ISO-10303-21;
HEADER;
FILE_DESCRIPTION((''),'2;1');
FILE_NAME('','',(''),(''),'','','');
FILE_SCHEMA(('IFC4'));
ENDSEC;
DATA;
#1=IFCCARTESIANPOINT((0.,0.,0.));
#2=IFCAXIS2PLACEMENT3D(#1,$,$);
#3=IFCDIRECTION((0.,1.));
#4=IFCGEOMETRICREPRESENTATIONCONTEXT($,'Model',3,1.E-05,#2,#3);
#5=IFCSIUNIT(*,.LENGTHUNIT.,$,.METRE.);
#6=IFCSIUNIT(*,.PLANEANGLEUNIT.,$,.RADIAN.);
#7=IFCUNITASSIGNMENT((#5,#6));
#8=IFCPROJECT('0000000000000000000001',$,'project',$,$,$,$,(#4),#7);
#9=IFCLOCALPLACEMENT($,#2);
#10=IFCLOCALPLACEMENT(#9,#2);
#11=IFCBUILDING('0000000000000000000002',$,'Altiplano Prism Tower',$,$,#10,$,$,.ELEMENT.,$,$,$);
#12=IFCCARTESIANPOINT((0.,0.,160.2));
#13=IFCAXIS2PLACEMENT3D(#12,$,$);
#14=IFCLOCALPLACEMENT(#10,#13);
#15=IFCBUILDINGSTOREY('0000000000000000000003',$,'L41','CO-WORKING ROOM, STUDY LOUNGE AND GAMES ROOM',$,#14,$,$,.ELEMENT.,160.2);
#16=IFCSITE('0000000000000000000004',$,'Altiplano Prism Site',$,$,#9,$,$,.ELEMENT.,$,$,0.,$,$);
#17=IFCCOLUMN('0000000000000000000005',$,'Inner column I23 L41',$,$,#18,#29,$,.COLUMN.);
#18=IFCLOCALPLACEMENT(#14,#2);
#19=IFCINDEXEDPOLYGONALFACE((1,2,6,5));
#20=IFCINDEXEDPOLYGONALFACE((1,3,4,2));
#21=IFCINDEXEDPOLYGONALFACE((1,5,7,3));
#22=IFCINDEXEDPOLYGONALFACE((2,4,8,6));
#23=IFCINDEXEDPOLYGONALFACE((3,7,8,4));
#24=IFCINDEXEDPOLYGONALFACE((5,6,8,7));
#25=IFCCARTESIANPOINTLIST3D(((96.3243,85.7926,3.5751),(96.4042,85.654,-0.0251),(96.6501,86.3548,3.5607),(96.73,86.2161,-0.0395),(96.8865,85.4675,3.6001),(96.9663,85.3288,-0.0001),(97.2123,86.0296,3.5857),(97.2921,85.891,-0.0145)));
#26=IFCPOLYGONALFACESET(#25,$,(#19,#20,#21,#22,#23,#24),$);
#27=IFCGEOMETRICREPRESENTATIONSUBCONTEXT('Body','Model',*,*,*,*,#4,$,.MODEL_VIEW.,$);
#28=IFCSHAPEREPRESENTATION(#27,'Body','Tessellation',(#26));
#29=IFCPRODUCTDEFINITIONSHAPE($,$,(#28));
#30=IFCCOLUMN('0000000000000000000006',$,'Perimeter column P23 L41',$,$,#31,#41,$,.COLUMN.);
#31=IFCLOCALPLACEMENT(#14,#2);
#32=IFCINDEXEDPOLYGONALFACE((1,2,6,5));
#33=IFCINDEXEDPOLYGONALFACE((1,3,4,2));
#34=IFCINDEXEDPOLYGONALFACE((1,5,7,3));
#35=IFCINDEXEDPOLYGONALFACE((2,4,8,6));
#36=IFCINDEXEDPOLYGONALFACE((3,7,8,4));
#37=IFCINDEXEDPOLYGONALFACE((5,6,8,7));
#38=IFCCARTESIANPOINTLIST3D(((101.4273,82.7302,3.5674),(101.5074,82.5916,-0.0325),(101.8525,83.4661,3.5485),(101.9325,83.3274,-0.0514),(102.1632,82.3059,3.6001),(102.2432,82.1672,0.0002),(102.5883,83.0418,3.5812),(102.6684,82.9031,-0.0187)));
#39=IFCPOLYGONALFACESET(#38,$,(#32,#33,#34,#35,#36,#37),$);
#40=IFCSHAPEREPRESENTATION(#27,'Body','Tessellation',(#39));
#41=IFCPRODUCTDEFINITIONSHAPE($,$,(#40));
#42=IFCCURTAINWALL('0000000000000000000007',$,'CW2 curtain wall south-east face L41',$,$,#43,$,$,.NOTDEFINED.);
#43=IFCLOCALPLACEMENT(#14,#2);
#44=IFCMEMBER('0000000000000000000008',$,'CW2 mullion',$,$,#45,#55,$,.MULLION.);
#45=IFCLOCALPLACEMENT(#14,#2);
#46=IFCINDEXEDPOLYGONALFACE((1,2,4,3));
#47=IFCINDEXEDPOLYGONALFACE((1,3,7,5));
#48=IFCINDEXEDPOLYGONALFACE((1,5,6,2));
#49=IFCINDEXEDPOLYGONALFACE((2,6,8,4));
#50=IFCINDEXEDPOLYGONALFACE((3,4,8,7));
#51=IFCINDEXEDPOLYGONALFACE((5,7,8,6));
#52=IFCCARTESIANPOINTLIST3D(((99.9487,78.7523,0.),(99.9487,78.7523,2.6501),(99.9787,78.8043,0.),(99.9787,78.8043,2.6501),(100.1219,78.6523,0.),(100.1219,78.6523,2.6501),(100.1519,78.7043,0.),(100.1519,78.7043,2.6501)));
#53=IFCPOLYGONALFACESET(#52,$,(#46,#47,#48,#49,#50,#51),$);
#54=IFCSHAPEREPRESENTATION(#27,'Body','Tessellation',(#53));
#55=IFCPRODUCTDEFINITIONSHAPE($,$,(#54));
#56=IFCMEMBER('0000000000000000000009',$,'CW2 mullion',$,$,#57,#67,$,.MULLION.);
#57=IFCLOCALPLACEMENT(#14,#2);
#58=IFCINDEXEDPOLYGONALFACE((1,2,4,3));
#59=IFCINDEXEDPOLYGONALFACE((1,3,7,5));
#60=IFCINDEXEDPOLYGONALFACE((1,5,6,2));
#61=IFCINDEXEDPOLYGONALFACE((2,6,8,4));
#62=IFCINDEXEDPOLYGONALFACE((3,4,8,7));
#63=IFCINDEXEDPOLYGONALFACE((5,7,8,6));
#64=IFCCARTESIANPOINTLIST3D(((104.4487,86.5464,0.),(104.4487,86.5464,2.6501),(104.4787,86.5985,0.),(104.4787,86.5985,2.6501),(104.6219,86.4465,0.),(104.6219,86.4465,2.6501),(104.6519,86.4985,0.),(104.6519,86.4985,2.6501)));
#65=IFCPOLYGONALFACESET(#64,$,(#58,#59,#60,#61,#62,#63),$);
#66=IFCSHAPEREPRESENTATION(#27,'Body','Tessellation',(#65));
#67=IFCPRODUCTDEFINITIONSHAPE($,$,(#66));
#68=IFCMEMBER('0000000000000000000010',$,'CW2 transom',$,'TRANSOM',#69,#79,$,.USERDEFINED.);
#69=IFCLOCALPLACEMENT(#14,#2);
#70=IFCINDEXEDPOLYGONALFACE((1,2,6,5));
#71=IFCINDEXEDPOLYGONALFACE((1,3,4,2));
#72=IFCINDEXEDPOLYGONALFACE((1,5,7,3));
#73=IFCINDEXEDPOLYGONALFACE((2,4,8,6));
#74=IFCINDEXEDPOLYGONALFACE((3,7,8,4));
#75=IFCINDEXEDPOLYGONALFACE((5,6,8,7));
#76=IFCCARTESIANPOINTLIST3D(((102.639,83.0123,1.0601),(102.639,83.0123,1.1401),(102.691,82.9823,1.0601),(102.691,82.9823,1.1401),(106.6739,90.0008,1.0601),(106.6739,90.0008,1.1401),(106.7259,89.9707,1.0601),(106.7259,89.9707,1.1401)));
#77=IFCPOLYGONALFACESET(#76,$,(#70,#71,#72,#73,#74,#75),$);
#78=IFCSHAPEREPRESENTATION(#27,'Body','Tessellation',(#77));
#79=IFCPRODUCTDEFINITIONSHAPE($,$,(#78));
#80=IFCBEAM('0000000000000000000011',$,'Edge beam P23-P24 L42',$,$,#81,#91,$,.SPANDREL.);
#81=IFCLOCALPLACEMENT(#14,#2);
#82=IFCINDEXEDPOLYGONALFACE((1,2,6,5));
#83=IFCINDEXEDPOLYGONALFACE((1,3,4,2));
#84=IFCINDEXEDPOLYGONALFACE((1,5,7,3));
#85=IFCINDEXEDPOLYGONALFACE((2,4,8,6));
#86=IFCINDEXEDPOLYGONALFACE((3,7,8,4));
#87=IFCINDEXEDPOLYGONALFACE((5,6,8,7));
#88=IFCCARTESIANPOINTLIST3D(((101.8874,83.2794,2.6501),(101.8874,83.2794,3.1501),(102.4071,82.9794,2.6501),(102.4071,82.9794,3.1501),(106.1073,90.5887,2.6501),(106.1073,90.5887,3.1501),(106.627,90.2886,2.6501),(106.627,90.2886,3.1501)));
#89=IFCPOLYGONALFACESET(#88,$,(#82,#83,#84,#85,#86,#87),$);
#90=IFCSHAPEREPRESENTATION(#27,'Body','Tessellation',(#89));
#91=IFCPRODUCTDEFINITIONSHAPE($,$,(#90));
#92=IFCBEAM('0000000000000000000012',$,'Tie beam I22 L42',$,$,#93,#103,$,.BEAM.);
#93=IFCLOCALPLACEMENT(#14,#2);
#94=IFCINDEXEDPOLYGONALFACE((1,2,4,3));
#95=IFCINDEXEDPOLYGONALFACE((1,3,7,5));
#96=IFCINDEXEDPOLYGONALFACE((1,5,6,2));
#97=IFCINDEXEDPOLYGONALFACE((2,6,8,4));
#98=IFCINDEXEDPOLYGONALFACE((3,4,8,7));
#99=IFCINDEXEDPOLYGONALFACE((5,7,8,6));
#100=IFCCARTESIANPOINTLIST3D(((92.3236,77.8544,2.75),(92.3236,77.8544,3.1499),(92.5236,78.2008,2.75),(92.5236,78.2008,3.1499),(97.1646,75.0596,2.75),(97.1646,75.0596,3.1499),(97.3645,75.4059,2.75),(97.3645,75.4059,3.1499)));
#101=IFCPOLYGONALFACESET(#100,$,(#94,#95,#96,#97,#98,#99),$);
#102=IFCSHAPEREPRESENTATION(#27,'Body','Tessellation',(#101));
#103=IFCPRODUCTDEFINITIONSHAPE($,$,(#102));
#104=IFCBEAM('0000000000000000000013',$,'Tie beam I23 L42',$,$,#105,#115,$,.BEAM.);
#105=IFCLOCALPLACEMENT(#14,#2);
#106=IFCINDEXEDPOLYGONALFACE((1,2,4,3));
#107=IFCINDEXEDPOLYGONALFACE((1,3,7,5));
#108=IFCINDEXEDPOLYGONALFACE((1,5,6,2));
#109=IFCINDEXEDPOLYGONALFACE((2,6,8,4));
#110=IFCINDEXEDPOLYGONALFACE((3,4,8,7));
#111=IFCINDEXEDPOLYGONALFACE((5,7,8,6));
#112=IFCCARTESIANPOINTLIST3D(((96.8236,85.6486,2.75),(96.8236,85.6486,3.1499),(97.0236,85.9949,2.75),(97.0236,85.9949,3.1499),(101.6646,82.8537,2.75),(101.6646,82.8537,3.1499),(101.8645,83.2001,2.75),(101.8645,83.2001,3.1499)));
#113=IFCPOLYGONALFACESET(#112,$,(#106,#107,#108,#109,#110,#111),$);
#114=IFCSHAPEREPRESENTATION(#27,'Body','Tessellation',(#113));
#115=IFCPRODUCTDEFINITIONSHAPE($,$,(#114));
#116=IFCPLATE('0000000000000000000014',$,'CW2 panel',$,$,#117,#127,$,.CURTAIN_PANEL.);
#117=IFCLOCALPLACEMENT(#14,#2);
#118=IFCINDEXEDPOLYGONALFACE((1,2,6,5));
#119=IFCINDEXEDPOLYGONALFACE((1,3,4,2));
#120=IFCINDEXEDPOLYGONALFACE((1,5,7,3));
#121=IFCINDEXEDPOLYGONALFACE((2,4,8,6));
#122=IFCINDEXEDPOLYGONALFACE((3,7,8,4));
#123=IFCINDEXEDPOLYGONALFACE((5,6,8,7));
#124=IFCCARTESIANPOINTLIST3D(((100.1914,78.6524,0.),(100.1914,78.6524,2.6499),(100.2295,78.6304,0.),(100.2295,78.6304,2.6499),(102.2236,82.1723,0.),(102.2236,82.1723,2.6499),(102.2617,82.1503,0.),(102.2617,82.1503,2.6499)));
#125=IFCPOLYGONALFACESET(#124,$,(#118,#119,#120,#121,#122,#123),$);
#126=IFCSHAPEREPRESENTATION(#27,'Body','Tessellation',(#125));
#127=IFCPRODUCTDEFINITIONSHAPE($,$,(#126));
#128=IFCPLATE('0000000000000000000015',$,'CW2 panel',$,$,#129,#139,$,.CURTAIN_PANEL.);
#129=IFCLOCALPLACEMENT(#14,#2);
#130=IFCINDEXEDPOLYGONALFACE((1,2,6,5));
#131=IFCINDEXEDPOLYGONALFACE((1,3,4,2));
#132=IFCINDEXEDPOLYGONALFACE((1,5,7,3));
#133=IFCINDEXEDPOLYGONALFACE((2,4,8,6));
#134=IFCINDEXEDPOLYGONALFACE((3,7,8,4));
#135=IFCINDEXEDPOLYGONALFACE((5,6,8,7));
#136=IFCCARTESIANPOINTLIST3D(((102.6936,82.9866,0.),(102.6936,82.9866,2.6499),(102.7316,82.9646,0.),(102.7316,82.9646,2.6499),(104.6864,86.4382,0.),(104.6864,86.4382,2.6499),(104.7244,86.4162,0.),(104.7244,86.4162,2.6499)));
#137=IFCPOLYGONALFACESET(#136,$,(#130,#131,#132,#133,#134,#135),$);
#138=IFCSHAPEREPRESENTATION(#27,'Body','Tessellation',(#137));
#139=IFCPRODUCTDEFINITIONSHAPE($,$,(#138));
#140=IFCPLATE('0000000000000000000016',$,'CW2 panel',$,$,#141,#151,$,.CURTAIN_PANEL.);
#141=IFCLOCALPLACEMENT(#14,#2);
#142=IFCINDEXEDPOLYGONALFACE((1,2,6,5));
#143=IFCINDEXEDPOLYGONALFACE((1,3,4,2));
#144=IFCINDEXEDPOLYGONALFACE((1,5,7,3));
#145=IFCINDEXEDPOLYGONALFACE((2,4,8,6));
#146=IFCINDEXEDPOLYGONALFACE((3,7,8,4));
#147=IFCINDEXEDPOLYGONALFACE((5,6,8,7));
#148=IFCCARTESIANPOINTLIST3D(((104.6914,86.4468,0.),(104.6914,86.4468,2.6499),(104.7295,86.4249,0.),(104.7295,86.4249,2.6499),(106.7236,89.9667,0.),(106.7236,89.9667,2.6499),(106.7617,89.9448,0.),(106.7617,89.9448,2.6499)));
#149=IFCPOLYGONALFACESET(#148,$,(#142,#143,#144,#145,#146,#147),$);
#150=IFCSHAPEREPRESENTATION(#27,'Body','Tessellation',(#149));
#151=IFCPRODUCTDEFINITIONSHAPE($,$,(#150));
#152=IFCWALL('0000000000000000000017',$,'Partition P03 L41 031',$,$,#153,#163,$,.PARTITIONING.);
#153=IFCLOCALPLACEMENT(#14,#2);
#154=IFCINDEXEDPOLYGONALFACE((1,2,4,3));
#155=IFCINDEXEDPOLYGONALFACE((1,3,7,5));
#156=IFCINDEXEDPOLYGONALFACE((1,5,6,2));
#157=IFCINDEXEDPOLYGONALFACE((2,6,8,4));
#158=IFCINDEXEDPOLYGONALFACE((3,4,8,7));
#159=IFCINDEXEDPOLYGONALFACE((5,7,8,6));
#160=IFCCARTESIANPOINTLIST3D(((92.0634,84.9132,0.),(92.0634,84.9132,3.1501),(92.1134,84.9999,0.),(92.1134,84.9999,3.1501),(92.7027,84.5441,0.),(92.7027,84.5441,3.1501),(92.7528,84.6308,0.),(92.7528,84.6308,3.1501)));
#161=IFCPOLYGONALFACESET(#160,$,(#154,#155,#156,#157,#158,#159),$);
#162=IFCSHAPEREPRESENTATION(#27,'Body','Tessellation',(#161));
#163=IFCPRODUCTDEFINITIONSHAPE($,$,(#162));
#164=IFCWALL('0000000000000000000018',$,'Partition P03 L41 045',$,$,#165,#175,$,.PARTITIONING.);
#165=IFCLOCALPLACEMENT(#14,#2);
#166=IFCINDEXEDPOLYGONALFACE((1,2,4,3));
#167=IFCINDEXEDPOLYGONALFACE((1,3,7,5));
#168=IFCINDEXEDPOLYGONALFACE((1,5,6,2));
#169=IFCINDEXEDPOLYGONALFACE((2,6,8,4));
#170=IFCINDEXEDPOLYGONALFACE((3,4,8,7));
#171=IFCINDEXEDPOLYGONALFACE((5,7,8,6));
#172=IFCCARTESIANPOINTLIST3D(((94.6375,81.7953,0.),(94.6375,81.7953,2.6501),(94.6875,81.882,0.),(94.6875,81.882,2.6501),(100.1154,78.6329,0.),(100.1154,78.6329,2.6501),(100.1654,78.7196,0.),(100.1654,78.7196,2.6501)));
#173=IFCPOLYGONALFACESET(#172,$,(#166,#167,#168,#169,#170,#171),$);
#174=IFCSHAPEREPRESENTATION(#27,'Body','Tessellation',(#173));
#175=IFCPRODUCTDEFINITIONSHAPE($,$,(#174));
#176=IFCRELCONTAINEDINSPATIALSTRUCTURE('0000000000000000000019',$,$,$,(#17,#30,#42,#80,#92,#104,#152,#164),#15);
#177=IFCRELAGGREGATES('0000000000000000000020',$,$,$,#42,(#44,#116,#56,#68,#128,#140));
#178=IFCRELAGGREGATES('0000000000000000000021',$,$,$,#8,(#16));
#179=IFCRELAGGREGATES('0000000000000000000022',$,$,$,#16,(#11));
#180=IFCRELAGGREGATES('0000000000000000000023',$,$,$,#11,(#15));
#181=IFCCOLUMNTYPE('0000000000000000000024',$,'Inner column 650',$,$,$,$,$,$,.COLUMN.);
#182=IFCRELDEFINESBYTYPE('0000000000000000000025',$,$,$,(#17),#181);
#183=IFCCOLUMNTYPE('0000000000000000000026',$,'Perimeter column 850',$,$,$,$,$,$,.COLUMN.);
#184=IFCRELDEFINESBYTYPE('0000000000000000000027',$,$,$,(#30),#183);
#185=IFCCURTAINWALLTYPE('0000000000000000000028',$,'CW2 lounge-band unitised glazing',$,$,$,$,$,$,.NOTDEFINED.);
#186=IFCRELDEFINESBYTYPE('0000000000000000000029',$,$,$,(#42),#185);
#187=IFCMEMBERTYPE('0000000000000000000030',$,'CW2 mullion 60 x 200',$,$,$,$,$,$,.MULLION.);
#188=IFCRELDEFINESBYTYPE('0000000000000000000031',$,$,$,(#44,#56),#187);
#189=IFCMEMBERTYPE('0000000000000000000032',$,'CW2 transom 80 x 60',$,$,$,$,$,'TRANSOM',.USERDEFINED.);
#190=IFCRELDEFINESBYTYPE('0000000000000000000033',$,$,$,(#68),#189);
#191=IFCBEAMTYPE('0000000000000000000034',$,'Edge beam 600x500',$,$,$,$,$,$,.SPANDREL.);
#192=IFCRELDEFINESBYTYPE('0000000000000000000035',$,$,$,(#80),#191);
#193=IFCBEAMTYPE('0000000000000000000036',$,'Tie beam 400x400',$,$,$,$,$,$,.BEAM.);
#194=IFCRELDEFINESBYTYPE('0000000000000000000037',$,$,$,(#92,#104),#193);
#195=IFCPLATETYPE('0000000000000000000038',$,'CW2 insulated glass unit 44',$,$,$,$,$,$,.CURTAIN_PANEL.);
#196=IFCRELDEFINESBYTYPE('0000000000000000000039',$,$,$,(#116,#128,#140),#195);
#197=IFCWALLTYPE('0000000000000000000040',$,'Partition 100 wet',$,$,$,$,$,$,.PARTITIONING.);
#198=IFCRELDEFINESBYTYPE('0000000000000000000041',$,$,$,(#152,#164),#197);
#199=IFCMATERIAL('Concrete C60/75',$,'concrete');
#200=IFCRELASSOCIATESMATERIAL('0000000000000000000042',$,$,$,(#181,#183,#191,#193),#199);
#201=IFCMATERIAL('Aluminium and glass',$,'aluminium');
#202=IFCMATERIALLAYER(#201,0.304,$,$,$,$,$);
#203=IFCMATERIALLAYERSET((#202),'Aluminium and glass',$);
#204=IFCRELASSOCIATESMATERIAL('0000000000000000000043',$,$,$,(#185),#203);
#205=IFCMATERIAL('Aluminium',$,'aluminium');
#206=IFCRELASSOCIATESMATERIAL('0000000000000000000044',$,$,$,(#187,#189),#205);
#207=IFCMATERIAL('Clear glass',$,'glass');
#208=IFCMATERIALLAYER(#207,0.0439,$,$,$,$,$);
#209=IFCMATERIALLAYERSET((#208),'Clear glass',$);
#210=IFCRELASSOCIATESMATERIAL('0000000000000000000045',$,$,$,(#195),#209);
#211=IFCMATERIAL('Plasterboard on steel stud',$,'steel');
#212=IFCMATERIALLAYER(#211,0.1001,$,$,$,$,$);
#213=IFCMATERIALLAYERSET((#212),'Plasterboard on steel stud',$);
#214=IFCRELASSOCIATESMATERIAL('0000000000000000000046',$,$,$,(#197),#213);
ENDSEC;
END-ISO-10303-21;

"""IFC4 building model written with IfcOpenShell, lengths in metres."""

from ifc_helpers import new_model, si_unit, direction, frame, frame_2d, origin, origin_2d, place, context, subcontext, project, spatial, rectangle, extrude, material, layer, layer_set, material_profile, profile_set, type_object, element, aggregate, save


model = new_model("IFC4")

# Units and contexts
model_context = context("Model", 3, precision=1e-05, world=origin(), true_north=direction((0.0, 1.0)))
body_context = subcontext(model_context, "Body", "Model", "MODEL_VIEW")
ifc_project = project(units=[si_unit("LENGTHUNIT", "METRE"), si_unit("PLANEANGLEUNIT", "RADIAN")], contexts=[model_context])

# Site, building, storey
site_placement = place(None, origin())
site = spatial("IfcSite", under=ifc_project, at=site_placement, Name="Altiplano Prism Site", CompositionType="ELEMENT", RefElevation=0.0)
building_placement = place(site_placement, origin())
building = spatial("IfcBuilding", under=site, at=building_placement, Name="Altiplano Prism Tower", CompositionType="ELEMENT")
storey_placement = place(building_placement, frame((0.0, 0.0, 160.2)))
storey = spatial("IfcBuildingStorey", under=building, at=storey_placement, Name="L41", Description="CO-WORKING ROOM, STUDY LOUNGE AND GAMES ROOM", CompositionType="ELEMENT", Elevation=160.2)

# Columns
ifc_material_1 = material(Name="Concrete C60/75", Category="concrete")
ifc_material_profile_1 = material_profile(ifc_material_1, rectangle(XDim=0.6499, YDim=0.6499, at=origin_2d()), Name="Inner column 650")
ifc_profile_set_1 = profile_set([ifc_material_profile_1], Name="Concrete C60/75")
column_type_1 = type_object("IfcColumnType", Name="Inner column 650", PredefinedType="COLUMN", material=ifc_profile_set_1)
column_1_placement = place(storey_placement, frame((96.8481, 85.7725, -0.0198), z_axis=(-0.022154, 0.038481, 0.999014), x_axis=(-0.501313, -0.864981, 0.022201)))
element("IfcColumn", 1, at=column_1_placement, inside=storey, type_object=column_type_1, Name="Inner column I23 L41", PredefinedType="COLUMN", context=body_context, shape_type="SweptSolid", body=[
    extrude(rectangle(XDim=0.6499, YDim=0.6499, at=origin_2d()), origin(), (0.0, 0.0, 1.0), 3.6038),
])
ifc_material_profile_2 = material_profile(ifc_material_1, rectangle(XDim=0.8501, YDim=0.8501, at=origin_2d()), Name="Perimeter column 850")
ifc_profile_set_2 = profile_set([ifc_material_profile_2], Name="Concrete C60/75")
column_type_2 = type_object("IfcColumnType", Name="Perimeter column 850", PredefinedType="COLUMN", material=ifc_profile_set_2)
column_2_placement = place(storey_placement, frame((102.0879, 82.7473, -0.0256), z_axis=(-0.022223, 0.038483, 0.999012), x_axis=(-0.50017, -0.865642, 0.02222)))
element("IfcColumn", 2, at=column_2_placement, inside=storey, type_object=column_type_2, Name="Perimeter column P23 L41", PredefinedType="COLUMN", context=body_context, shape_type="SweptSolid", body=[
    extrude(rectangle(XDim=0.8501, YDim=0.8501, at=origin_2d()), origin(), (0.0, 0.0, 1.0), 3.6035),
])

# Curtain wall, members
ifc_material_2 = material(Name="Aluminium and glass", Category="aluminium")
ifc_layer_1 = layer(ifc_material_2, 0.304)
ifc_layer_set_1 = layer_set([ifc_layer_1], Name="Aluminium and glass")
curtain_wall_type = type_object("IfcCurtainWallType", Name="CW2 lounge-band unitised glazing", PredefinedType="NOTDEFINED", material=ifc_layer_set_1)
curtain_wall_placement = place(storey_placement, origin())
curtain_wall = element("IfcCurtainWall", 3, at=curtain_wall_placement, inside=storey, type_object=curtain_wall_type, Name="CW2 curtain wall south-east face L41", PredefinedType="NOTDEFINED")
ifc_material_3 = material(Name="Aluminium", Category="aluminium")
ifc_material_profile_3 = material_profile(ifc_material_3, rectangle(XDim=0.2, YDim=0.0601, at=origin_2d()), Name="CW2 mullion 60 x 200")
ifc_profile_set_3 = profile_set([ifc_material_profile_3], Name="Aluminium")
member_type_1 = type_object("IfcMemberType", Name="CW2 mullion 60 x 200", PredefinedType="MULLION", material=ifc_profile_set_3)
member_1_placement = place(storey_placement, frame((100.0503, 78.7283, 0.0), z_axis=(0.0, 0.0, 1.0), x_axis=(-0.866025, 0.5, 0.0)))
member_1 = element("IfcMember", 4, at=member_1_placement, type_object=member_type_1, Name="CW2 mullion", PredefinedType="MULLION", context=body_context, shape_type="SweptSolid", body=[
    extrude(rectangle(XDim=0.2, YDim=0.0601, at=origin_2d()), origin(), (0.0, 0.0, 1.0), 2.6501),
])
member_2_placement = place(storey_placement, frame((104.5503, 86.5225, 0.0), z_axis=(0.0, 0.0, 1.0), x_axis=(-0.866025, 0.5, 0.0)))
member_2 = element("IfcMember", 5, at=member_2_placement, type_object=member_type_1, Name="CW2 mullion", PredefinedType="MULLION", context=body_context, shape_type="SweptSolid", body=[
    extrude(rectangle(XDim=0.2, YDim=0.0601, at=origin_2d()), origin(), (0.0, 0.0, 1.0), 2.6501),
])
ifc_material_profile_4 = material_profile(ifc_material_3, rectangle(XDim=0.0601, YDim=0.0801, at=origin_2d()), Name="CW2 transom 80 x 60")
ifc_profile_set_4 = profile_set([ifc_material_profile_4], Name="Aluminium")
member_type_2 = type_object("IfcMemberType", Name="CW2 transom 80 x 60", ElementType="TRANSOM", PredefinedType="USERDEFINED", material=ifc_profile_set_4)
member_3_placement = place(storey_placement, frame((102.665, 82.9973, 1.1001), z_axis=(0.500008, 0.866021, 0.0), x_axis=(-0.866021, 0.500008, 0.0)))
member_3 = element("IfcMember", 6, at=member_3_placement, type_object=member_type_2, Name="CW2 transom", ObjectType="TRANSOM", PredefinedType="USERDEFINED", context=body_context, shape_type="SweptSolid", body=[
    extrude(rectangle(XDim=0.0601, YDim=0.0801, at=origin_2d()), origin(), (0.0, 0.0, 1.0), 8.0696),
])

# Beams
ifc_material_profile_5 = material_profile(ifc_material_1, rectangle(XDim=0.6001, YDim=0.5, at=origin_2d()), Name="Edge beam 600x500")
ifc_profile_set_5 = profile_set([ifc_material_profile_5], Name="Concrete C60/75")
beam_type_1 = type_object("IfcBeamType", Name="Edge beam 600x500", PredefinedType="SPANDREL", material=ifc_profile_set_5)
beam_placement = place(storey_placement, frame((102.1472, 83.1294, 2.9001), z_axis=(0.499994, 0.866029, 0.0), x_axis=(-0.866029, 0.499994, 0.0)))
element("IfcBeam", 7, at=beam_placement, inside=storey, type_object=beam_type_1, Name="Edge beam P23-P24 L42", PredefinedType="SPANDREL", context=body_context, shape_type="SweptSolid", body=[
    extrude(rectangle(XDim=0.6001, YDim=0.5, at=origin_2d()), origin(), (0.0, 0.0, 1.0), 8.4399),
])
ifc_material_profile_6 = material_profile(ifc_material_1, rectangle(XDim=0.3999, YDim=0.3999, at=origin_2d()), Name="Tie beam 400x400")
ifc_profile_set_6 = profile_set([ifc_material_profile_6], Name="Concrete C60/75")
beam_type_2 = type_object("IfcBeamType", Name="Tie beam 400x400", PredefinedType="BEAM", material=ifc_profile_set_6)
for number, where, z_axis, x_axis, name in (
    (8, (92.4236, 78.0276, 2.95), (0.866031, -0.499991, 0.0), (0.499991, 0.866031, 0.0), "Tie beam I22 L42"),
    (9, (96.9236, 85.8218, 2.95), (0.866031, -0.499991, 0.0), (0.499991, 0.866031, 0.0), "Tie beam I23 L42"),
):
    element("IfcBeam", number, at=place(storey_placement, frame(where, z_axis=z_axis, x_axis=x_axis)), inside=storey, type_object=beam_type_2, Name=name, PredefinedType="BEAM", context=body_context, shape_type="SweptSolid", body=[
        extrude(rectangle(XDim=0.3999, YDim=0.3999, at=origin_2d()), origin(), (0.0, 0.0, 1.0), 5.5898),
    ])

# Plates
ifc_material_4 = material(Name="Clear glass", Category="glass")
ifc_layer_2 = layer(ifc_material_4, 0.0439)
ifc_layer_set_2 = layer_set([ifc_layer_2], Name="Clear glass")
plate_type = type_object("IfcPlateType", Name="CW2 insulated glass unit 44", PredefinedType="CURTAIN_PANEL", material=ifc_layer_set_2)
plate_1_placement = place(storey_placement, frame((101.2266, 80.4014, 0.0), z_axis=(0.0, 0.0, 1.0), x_axis=(0.5, 0.866025, 0.0)))
plate_1 = element("IfcPlate", 10, at=plate_1_placement, type_object=plate_type, Name="CW2 panel", PredefinedType="CURTAIN_PANEL", context=body_context, shape_type="SweptSolid", body=[
    extrude(rectangle(XDim=4.0645, YDim=0.0439, at=origin_2d()), origin(), (0.0, 0.0, 1.0), 2.6499),
])
plate_2_placement = place(storey_placement, frame((103.709, 84.7014, 0.0), z_axis=(0.0, 0.0, 1.0), x_axis=(0.5, 0.866025, 0.0)))
plate_2 = element("IfcPlate", 11, at=plate_2_placement, type_object=plate_type, Name="CW2 panel", PredefinedType="CURTAIN_PANEL", context=body_context, shape_type="SweptSolid", body=[
    extrude(rectangle(XDim=3.9856, YDim=0.0439, at=origin_2d()), origin(), (0.0, 0.0, 1.0), 2.6499),
])
plate_3_placement = place(storey_placement, frame((105.7266, 88.1958, 0.0), z_axis=(0.0, 0.0, 1.0), x_axis=(0.5, 0.866025, 0.0)))
plate_3 = element("IfcPlate", 12, at=plate_3_placement, type_object=plate_type, Name="CW2 panel", PredefinedType="CURTAIN_PANEL", context=body_context, shape_type="SweptSolid", body=[
    extrude(rectangle(XDim=4.0645, YDim=0.0439, at=origin_2d()), origin(), (0.0, 0.0, 1.0), 2.6499),
])
aggregate(curtain_wall, [member_1, plate_1, member_2, member_3, plate_2, plate_3])

# Walls
ifc_material_5 = material(Name="Plasterboard on steel stud", Category="steel")
ifc_layer_3 = layer(ifc_material_5, 0.1001)
ifc_layer_set_3 = layer_set([ifc_layer_3], Name="Plasterboard on steel stud")
wall_type_1 = type_object("IfcWallType", Name="Partition 100 wet", PredefinedType="PARTITIONING", material=ifc_layer_set_3)
wall_1_placement = place(storey_placement, frame((92.0884, 84.9565, 0.0), z_axis=(0.0, 0.0, 1.0), x_axis=(0.866037, -0.49998, 0.0)))
element("IfcWall", 13, at=wall_1_placement, inside=storey, type_object=wall_type_1, Name="Partition P03 L41 031", PredefinedType="PARTITIONING", context=body_context, shape_type="SweptSolid", body=[
    extrude(rectangle(XDim=0.7383, YDim=0.1001, at=frame_2d((0.3691, 0.0))), origin(), (0.0, 0.0, 1.0), 3.1501),
])
wall_2_placement = place(storey_placement, frame((100.1404, 78.6763, 0.0), z_axis=(0.0, 0.0, 1.0), x_axis=(-0.866042, 0.499971, 0.0)))
element("IfcWall", 14, at=wall_2_placement, inside=storey, type_object=wall_type_1, Name="Partition P03 L41 045", PredefinedType="PARTITIONING", context=body_context, shape_type="SweptSolid", body=[
    extrude(rectangle(XDim=6.3252, YDim=0.1001, at=frame_2d((3.1626, 0.0))), origin(), (0.0, 0.0, 1.0), 2.6501),
])

save(model, "model.ifc")
